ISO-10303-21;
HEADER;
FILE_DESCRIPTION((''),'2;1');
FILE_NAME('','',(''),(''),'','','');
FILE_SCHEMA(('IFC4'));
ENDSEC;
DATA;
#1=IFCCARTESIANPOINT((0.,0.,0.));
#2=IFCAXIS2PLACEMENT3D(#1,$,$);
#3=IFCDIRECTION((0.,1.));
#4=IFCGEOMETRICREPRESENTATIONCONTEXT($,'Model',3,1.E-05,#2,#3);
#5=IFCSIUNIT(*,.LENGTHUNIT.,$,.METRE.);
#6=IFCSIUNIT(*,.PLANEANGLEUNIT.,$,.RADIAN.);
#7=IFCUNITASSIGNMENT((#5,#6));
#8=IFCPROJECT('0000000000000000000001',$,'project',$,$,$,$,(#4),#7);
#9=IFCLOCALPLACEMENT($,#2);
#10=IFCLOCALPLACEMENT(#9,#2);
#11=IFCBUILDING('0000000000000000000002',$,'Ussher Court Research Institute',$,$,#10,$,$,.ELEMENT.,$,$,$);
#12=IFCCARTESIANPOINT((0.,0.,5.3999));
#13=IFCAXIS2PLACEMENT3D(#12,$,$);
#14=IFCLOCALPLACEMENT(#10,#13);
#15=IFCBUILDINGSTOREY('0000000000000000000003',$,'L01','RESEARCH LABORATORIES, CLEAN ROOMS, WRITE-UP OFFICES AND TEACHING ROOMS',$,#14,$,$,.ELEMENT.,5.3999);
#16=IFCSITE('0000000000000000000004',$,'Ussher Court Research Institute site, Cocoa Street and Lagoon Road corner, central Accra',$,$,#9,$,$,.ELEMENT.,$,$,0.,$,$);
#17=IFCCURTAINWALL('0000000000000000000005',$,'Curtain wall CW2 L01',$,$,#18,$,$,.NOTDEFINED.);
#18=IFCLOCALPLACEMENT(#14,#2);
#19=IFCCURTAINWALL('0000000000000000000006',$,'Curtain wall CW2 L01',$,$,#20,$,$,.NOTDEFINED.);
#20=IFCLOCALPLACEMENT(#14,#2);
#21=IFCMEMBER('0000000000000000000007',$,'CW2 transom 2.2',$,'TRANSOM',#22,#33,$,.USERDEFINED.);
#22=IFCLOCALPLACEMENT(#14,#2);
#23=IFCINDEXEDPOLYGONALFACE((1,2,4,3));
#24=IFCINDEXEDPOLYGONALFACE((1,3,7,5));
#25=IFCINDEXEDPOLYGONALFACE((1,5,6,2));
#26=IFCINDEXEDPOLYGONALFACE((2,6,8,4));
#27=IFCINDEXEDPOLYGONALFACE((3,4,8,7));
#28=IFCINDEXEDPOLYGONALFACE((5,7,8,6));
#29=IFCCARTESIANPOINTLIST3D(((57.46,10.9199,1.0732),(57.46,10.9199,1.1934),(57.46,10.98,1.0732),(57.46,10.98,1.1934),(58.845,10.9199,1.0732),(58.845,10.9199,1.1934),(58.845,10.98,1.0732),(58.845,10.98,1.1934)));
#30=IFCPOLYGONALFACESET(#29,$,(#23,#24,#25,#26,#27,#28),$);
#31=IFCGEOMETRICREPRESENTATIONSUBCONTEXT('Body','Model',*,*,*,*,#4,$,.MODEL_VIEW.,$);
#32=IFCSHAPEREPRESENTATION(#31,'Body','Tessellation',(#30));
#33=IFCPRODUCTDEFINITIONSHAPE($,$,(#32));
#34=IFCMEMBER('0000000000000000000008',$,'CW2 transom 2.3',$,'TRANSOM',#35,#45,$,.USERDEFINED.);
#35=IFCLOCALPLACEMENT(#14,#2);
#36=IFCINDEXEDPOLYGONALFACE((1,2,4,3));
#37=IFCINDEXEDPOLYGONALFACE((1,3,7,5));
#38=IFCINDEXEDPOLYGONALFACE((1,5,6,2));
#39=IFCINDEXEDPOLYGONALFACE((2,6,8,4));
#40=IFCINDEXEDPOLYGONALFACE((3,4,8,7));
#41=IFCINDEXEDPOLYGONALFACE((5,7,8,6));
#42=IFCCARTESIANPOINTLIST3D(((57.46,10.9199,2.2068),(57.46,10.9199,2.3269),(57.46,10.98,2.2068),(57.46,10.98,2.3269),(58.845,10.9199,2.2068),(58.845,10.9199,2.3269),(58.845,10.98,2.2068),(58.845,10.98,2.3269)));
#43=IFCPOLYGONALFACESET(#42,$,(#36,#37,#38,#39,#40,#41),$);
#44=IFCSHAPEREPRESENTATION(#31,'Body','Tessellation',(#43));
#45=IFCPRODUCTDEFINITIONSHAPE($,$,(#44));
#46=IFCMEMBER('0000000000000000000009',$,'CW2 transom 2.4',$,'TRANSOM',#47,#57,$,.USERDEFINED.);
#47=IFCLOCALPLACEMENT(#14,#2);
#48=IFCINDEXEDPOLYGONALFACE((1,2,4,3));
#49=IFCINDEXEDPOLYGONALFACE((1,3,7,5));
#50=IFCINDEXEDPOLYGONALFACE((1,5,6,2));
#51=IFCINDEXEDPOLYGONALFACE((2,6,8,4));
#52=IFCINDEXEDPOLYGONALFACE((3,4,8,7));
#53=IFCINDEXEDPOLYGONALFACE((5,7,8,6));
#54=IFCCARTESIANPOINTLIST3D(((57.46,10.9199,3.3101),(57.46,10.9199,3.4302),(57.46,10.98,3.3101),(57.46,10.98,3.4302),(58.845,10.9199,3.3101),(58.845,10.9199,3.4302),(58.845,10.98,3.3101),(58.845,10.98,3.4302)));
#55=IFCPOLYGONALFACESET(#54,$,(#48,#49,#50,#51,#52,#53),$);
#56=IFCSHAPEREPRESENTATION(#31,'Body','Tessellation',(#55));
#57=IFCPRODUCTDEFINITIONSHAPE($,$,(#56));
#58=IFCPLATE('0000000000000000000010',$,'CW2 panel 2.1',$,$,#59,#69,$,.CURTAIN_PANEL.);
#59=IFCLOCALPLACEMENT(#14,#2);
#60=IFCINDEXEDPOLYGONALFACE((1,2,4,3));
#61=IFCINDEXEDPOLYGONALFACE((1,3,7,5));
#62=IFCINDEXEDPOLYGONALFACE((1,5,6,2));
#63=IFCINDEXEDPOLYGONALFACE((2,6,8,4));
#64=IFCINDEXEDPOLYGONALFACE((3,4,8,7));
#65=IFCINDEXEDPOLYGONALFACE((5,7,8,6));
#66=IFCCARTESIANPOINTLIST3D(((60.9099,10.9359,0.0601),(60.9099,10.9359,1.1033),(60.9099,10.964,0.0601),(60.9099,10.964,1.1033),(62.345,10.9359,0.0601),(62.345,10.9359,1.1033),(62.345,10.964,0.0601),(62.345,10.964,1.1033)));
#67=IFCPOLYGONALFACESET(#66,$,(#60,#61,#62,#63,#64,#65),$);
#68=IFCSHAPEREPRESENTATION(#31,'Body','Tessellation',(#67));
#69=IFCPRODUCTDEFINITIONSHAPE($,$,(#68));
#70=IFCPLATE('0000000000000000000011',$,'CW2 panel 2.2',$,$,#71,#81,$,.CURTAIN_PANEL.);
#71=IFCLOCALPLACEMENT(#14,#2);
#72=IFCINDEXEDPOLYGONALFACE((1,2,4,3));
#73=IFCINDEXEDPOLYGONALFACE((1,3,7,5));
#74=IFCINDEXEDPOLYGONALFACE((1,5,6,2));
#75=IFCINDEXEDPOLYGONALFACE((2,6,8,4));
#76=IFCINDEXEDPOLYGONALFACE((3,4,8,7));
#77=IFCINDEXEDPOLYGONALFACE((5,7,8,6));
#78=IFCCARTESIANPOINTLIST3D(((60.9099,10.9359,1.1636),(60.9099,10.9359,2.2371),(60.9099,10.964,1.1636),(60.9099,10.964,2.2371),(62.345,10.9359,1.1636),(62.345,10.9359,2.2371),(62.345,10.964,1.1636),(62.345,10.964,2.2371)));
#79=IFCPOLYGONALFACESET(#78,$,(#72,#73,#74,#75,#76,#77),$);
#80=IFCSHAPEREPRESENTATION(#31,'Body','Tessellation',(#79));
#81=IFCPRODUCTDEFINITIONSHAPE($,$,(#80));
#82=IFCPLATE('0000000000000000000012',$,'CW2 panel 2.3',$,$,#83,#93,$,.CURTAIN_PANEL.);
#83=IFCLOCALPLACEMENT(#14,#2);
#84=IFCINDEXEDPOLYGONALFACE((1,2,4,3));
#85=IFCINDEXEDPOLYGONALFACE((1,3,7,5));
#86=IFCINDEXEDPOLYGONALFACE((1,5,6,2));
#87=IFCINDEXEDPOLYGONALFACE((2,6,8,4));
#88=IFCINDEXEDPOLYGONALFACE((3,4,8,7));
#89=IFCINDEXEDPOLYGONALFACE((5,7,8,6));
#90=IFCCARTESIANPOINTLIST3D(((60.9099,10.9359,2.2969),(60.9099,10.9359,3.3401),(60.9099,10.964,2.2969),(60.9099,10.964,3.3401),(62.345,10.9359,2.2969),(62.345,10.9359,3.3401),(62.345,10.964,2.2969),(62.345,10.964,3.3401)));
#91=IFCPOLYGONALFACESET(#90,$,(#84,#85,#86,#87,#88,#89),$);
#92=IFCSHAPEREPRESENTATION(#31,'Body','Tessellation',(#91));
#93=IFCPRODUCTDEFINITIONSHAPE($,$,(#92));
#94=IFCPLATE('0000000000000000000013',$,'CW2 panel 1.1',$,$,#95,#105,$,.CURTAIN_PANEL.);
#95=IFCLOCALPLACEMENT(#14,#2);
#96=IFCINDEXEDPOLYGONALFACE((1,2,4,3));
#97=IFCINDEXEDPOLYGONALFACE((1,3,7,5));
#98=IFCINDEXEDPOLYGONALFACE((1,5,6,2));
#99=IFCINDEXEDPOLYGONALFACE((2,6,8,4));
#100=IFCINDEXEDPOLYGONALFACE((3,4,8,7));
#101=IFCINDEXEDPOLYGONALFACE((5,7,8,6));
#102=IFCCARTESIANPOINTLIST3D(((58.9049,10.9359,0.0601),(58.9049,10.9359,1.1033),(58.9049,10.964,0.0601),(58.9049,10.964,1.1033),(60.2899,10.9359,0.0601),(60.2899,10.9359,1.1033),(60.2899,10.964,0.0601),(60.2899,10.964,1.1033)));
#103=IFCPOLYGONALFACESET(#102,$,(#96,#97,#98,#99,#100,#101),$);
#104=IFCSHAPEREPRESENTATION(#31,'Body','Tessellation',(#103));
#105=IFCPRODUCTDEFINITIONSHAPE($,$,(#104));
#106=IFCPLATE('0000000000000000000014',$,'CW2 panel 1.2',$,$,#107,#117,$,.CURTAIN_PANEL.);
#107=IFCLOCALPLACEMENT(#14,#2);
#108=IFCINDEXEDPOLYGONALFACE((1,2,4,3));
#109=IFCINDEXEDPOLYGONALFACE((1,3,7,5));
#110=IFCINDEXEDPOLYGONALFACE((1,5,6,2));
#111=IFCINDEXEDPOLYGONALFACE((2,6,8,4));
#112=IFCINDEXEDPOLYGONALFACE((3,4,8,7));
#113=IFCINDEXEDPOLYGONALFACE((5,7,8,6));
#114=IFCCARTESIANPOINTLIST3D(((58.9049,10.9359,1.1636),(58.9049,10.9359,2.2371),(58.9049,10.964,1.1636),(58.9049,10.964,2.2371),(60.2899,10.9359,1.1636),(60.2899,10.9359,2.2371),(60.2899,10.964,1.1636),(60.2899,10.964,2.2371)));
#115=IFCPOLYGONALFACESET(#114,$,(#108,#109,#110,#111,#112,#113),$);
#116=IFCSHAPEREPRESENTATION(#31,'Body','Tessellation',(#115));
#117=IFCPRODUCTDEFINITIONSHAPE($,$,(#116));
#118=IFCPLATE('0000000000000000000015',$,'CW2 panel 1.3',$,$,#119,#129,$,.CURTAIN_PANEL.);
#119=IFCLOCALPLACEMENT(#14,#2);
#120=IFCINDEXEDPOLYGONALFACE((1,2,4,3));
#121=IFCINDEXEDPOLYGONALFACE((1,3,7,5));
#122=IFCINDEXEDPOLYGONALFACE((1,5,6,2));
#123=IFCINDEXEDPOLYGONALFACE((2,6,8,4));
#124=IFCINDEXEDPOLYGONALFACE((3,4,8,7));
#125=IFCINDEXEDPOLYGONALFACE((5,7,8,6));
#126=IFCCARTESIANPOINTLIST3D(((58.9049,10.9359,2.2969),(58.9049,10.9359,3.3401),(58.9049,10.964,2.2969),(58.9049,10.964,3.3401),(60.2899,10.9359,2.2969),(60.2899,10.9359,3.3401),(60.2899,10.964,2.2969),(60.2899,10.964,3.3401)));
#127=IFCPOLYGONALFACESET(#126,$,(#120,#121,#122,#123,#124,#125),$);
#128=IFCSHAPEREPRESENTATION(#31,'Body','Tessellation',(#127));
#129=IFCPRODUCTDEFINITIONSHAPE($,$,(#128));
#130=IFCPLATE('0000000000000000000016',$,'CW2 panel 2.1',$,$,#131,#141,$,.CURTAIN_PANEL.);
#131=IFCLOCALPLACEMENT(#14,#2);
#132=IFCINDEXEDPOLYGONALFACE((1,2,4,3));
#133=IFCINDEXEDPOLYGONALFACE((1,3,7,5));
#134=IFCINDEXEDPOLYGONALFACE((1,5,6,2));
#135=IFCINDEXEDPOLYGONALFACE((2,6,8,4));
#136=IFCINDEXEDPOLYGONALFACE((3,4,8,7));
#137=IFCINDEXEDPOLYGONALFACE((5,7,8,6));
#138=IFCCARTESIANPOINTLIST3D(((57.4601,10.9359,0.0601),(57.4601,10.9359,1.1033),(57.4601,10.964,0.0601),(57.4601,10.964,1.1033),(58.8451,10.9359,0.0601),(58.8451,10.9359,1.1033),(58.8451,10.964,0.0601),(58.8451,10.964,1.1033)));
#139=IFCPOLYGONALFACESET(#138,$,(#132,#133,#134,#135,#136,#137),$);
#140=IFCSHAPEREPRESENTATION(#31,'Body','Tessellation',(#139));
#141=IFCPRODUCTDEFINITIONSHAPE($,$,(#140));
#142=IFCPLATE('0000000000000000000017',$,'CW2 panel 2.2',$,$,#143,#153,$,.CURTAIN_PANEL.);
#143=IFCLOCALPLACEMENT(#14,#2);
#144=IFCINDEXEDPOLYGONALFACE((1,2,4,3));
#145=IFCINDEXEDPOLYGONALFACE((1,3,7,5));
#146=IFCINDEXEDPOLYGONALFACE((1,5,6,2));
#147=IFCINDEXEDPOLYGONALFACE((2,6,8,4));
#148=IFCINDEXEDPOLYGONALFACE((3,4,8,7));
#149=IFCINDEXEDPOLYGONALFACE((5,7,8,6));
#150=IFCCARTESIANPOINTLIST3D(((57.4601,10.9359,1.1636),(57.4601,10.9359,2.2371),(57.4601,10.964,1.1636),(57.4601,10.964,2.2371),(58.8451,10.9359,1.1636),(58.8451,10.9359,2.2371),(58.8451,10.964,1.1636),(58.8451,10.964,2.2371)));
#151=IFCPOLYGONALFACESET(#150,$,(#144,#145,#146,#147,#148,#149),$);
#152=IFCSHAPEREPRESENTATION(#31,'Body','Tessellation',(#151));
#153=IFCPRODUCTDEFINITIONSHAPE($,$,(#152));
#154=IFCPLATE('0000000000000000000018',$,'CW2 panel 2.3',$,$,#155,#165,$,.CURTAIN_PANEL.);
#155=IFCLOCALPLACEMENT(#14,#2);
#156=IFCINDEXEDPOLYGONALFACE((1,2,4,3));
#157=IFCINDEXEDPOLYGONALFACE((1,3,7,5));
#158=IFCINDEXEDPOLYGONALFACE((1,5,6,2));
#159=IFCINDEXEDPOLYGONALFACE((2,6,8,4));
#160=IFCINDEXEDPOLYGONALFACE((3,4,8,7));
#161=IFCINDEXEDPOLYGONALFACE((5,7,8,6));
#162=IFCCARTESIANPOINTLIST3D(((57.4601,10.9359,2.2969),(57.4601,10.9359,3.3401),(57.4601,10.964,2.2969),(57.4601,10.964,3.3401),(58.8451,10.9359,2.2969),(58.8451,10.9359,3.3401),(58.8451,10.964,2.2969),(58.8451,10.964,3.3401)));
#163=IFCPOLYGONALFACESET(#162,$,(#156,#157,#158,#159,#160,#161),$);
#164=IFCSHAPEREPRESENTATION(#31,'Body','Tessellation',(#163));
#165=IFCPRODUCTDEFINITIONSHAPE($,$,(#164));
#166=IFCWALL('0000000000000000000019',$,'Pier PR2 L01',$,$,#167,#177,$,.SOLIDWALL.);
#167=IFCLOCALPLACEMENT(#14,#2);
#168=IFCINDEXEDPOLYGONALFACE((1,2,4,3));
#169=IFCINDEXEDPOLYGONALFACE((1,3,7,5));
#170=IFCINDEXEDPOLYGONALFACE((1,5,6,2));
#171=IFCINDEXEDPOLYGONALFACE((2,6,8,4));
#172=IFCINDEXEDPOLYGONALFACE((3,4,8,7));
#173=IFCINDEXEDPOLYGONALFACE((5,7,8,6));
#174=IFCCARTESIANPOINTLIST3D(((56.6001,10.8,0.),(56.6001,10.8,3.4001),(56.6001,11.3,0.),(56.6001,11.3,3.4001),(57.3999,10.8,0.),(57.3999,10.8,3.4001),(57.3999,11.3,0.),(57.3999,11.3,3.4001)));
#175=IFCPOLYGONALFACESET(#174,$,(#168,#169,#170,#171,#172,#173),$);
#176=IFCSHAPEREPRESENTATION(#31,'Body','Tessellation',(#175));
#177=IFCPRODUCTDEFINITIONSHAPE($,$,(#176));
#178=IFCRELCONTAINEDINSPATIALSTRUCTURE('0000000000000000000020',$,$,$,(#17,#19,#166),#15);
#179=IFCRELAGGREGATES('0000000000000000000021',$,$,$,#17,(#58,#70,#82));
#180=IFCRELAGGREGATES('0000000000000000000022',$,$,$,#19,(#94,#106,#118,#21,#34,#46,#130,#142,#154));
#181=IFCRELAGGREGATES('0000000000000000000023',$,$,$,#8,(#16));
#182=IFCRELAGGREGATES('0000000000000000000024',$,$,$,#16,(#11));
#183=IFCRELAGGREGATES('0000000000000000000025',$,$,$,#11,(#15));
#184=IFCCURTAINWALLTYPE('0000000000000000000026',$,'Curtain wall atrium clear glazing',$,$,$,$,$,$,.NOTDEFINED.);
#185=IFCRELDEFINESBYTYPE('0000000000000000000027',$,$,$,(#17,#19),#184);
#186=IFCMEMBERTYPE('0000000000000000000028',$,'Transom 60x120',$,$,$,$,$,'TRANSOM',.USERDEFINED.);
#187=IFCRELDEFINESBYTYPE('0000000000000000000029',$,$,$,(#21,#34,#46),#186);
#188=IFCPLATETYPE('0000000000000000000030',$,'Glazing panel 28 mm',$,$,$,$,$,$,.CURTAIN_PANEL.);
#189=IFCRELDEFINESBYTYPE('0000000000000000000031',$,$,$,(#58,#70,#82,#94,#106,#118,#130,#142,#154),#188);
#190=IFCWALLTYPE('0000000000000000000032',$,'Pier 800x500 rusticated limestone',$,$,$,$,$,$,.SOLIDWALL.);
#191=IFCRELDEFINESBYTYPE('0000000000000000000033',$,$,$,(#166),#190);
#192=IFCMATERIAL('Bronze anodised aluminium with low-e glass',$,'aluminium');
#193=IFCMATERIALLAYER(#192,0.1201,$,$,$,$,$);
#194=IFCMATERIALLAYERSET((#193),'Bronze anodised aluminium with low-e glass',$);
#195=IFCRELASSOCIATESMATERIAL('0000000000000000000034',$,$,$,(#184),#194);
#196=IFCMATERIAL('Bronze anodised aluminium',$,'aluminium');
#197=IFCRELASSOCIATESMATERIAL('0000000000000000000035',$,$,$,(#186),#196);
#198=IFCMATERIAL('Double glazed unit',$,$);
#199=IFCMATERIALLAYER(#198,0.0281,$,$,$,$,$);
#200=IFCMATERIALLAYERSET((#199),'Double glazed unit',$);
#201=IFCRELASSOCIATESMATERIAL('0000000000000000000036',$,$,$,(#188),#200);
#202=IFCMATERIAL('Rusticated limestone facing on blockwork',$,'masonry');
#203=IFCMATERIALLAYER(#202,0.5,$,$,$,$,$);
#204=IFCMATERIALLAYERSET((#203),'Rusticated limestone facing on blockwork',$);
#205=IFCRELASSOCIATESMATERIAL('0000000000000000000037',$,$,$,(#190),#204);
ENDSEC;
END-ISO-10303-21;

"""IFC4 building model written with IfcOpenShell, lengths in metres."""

from ifc_helpers import new_model, si_unit, direction, frame, frame_2d, origin, origin_2d, place, context, subcontext, project, spatial, rectangle, extrude, material, layer, layer_set, material_profile, profile_set, type_object, element, aggregate, save


model = new_model("IFC4")

# Units and contexts
model_context = context("Model", 3, precision=1e-05, world=origin(), true_north=direction((0.0, 1.0)))
body_context = subcontext(model_context, "Body", "Model", "MODEL_VIEW")
ifc_project = project(units=[si_unit("LENGTHUNIT", "METRE"), si_unit("PLANEANGLEUNIT", "RADIAN")], contexts=[model_context])

# Site, building, storey
site_placement = place(None, origin())
site = spatial("IfcSite", under=ifc_project, at=site_placement, Name="Ussher Court Research Institute site, Cocoa Street and Lagoon Road corner, central Accra", CompositionType="ELEMENT", RefElevation=0.0)
building_placement = place(site_placement, origin())
building = spatial("IfcBuilding", under=site, at=building_placement, Name="Ussher Court Research Institute", CompositionType="ELEMENT")
storey_placement = place(building_placement, frame((0.0, 0.0, 5.3999)))
storey = spatial("IfcBuildingStorey", under=building, at=storey_placement, Name="L01", Description="RESEARCH LABORATORIES, CLEAN ROOMS, WRITE-UP OFFICES AND TEACHING ROOMS", CompositionType="ELEMENT", Elevation=5.3999)

# Curtain wall
ifc_material_1 = material(Name="Bronze anodised aluminium with low-e glass", Category="aluminium")
ifc_layer_1 = layer(ifc_material_1, 0.1201)
ifc_layer_set_1 = layer_set([ifc_layer_1], Name="Bronze anodised aluminium with low-e glass")
curtain_wall_type = type_object("IfcCurtainWallType", Name="Curtain wall atrium clear glazing", PredefinedType="NOTDEFINED", material=ifc_layer_set_1)
curtain_wall_1_placement = place(storey_placement, origin())
curtain_wall_1 = element("IfcCurtainWall", 1, at=curtain_wall_1_placement, inside=storey, type_object=curtain_wall_type, Name="Curtain wall CW2 L01", PredefinedType="NOTDEFINED")

# Curtain wall
curtain_wall_2_placement = place(storey_placement, origin())
curtain_wall_2 = element("IfcCurtainWall", 2, at=curtain_wall_2_placement, inside=storey, type_object=curtain_wall_type, Name="Curtain wall CW2 L01", PredefinedType="NOTDEFINED")

# Members
ifc_material_2 = material(Name="Bronze anodised aluminium", Category="aluminium")
ifc_material_profile_1 = material_profile(ifc_material_2, rectangle(XDim=0.0601, YDim=0.1201, at=origin_2d()), Name="Transom 60x120")
ifc_profile_set_1 = profile_set([ifc_material_profile_1], Name="Bronze anodised aluminium")
member_type_1 = type_object("IfcMemberType", Name="Transom 60x120", ElementType="TRANSOM", PredefinedType="USERDEFINED", material=ifc_profile_set_1)
member_1_placement = place(storey_placement, frame((58.845, 10.95, 1.1333), z_axis=(-1.0, 0.0, 0.0), x_axis=(0.0, -1.0, 0.0)))
member_1 = element("IfcMember", 3, at=member_1_placement, type_object=member_type_1, Name="CW2 transom 2.2", ObjectType="TRANSOM", PredefinedType="USERDEFINED", context=body_context, shape_type="SweptSolid", body=[
    extrude(rectangle(XDim=0.0601, YDim=0.1201, at=origin_2d()), origin(), (0.0, 0.0, 1.0), 1.385),
])
member_2_placement = place(storey_placement, frame((58.845, 10.95, 2.2668), z_axis=(-1.0, 0.0, 0.0), x_axis=(0.0, -1.0, 0.0)))
member_2 = element("IfcMember", 4, at=member_2_placement, type_object=member_type_1, Name="CW2 transom 2.3", ObjectType="TRANSOM", PredefinedType="USERDEFINED", context=body_context, shape_type="SweptSolid", body=[
    extrude(rectangle(XDim=0.0601, YDim=0.1201, at=origin_2d()), origin(), (0.0, 0.0, 1.0), 1.385),
])
member_3_placement = place(storey_placement, frame((58.845, 10.95, 3.3701), z_axis=(-1.0, 0.0, 0.0), x_axis=(0.0, -1.0, 0.0)))
member_3 = element("IfcMember", 5, at=member_3_placement, type_object=member_type_1, Name="CW2 transom 2.4", ObjectType="TRANSOM", PredefinedType="USERDEFINED", context=body_context, shape_type="SweptSolid", body=[
    extrude(rectangle(XDim=0.0601, YDim=0.1201, at=origin_2d()), origin(), (0.0, 0.0, 1.0), 1.385),
])

# Plates
ifc_material_3 = material(Name="Double glazed unit")
ifc_layer_2 = layer(ifc_material_3, 0.0281)
ifc_layer_set_2 = layer_set([ifc_layer_2], Name="Double glazed unit")
plate_type = type_object("IfcPlateType", Name="Glazing panel 28 mm", PredefinedType="CURTAIN_PANEL", material=ifc_layer_set_2)
plate_1_placement = place(storey_placement, frame((61.6274, 10.95, 0.0601), z_axis=(0.0, 0.0, 1.0), x_axis=(-1.0, 0.0, 0.0)))
plate_1 = element("IfcPlate", 6, at=plate_1_placement, type_object=plate_type, Name="CW2 panel 2.1", PredefinedType="CURTAIN_PANEL", context=body_context, shape_type="SweptSolid", body=[
    extrude(rectangle(XDim=1.4351, YDim=0.0281, at=origin_2d()), origin(), (0.0, 0.0, 1.0), 1.0432),
])
plate_2_placement = place(storey_placement, frame((61.6274, 10.95, 1.1636), z_axis=(0.0, 0.0, 1.0), x_axis=(-1.0, 0.0, 0.0)))
plate_2 = element("IfcPlate", 7, at=plate_2_placement, type_object=plate_type, Name="CW2 panel 2.2", PredefinedType="CURTAIN_PANEL", context=body_context, shape_type="SweptSolid", body=[
    extrude(rectangle(XDim=1.4351, YDim=0.0281, at=origin_2d()), origin(), (0.0, 0.0, 1.0), 1.0735),
])
plate_3_placement = place(storey_placement, frame((61.6274, 10.95, 2.2969), z_axis=(0.0, 0.0, 1.0), x_axis=(-1.0, 0.0, 0.0)))
plate_3 = element("IfcPlate", 8, at=plate_3_placement, type_object=plate_type, Name="CW2 panel 2.3", PredefinedType="CURTAIN_PANEL", context=body_context, shape_type="SweptSolid", body=[
    extrude(rectangle(XDim=1.4351, YDim=0.0281, at=origin_2d()), origin(), (0.0, 0.0, 1.0), 1.0432),
])
aggregate(curtain_wall_1, [plate_1, plate_2, plate_3])
plate_4_placement = place(storey_placement, frame((59.5974, 10.95, 0.0601), z_axis=(0.0, 0.0, 1.0), x_axis=(-1.0, 0.0, 0.0)))
plate_4 = element("IfcPlate", 9, at=plate_4_placement, type_object=plate_type, Name="CW2 panel 1.1", PredefinedType="CURTAIN_PANEL", context=body_context, shape_type="SweptSolid", body=[
    extrude(rectangle(XDim=1.385, YDim=0.0281, at=origin_2d()), origin(), (0.0, 0.0, 1.0), 1.0432),
])
plate_5_placement = place(storey_placement, frame((59.5974, 10.95, 1.1636), z_axis=(0.0, 0.0, 1.0), x_axis=(-1.0, 0.0, 0.0)))
plate_5 = element("IfcPlate", 10, at=plate_5_placement, type_object=plate_type, Name="CW2 panel 1.2", PredefinedType="CURTAIN_PANEL", context=body_context, shape_type="SweptSolid", body=[
    extrude(rectangle(XDim=1.385, YDim=0.0281, at=origin_2d()), origin(), (0.0, 0.0, 1.0), 1.0735),
])
plate_6_placement = place(storey_placement, frame((59.5974, 10.95, 2.2969), z_axis=(0.0, 0.0, 1.0), x_axis=(-1.0, 0.0, 0.0)))
plate_6 = element("IfcPlate", 11, at=plate_6_placement, type_object=plate_type, Name="CW2 panel 1.3", PredefinedType="CURTAIN_PANEL", context=body_context, shape_type="SweptSolid", body=[
    extrude(rectangle(XDim=1.385, YDim=0.0281, at=origin_2d()), origin(), (0.0, 0.0, 1.0), 1.0432),
])
plate_7_placement = place(storey_placement, frame((58.1526, 10.95, 0.0601), z_axis=(0.0, 0.0, 1.0), x_axis=(-1.0, 0.0, 0.0)))
plate_7 = element("IfcPlate", 12, at=plate_7_placement, type_object=plate_type, Name="CW2 panel 2.1", PredefinedType="CURTAIN_PANEL", context=body_context, shape_type="SweptSolid", body=[
    extrude(rectangle(XDim=1.385, YDim=0.0281, at=origin_2d()), origin(), (0.0, 0.0, 1.0), 1.0432),
])
plate_8_placement = place(storey_placement, frame((58.1526, 10.95, 1.1636), z_axis=(0.0, 0.0, 1.0), x_axis=(-1.0, 0.0, 0.0)))
plate_8 = element("IfcPlate", 13, at=plate_8_placement, type_object=plate_type, Name="CW2 panel 2.2", PredefinedType="CURTAIN_PANEL", context=body_context, shape_type="SweptSolid", body=[
    extrude(rectangle(XDim=1.385, YDim=0.0281, at=origin_2d()), origin(), (0.0, 0.0, 1.0), 1.0735),
])
plate_9_placement = place(storey_placement, frame((58.1526, 10.95, 2.2969), z_axis=(0.0, 0.0, 1.0), x_axis=(-1.0, 0.0, 0.0)))
plate_9 = element("IfcPlate", 14, at=plate_9_placement, type_object=plate_type, Name="CW2 panel 2.3", PredefinedType="CURTAIN_PANEL", context=body_context, shape_type="SweptSolid", body=[
    extrude(rectangle(XDim=1.385, YDim=0.0281, at=origin_2d()), origin(), (0.0, 0.0, 1.0), 1.0432),
])
aggregate(curtain_wall_2, [plate_4, plate_5, plate_6, member_1, member_2, member_3, plate_7, plate_8, plate_9])

# Wall
ifc_material_4 = material(Name="Rusticated limestone facing on blockwork", Category="masonry")
ifc_layer_3 = layer(ifc_material_4, 0.5)
ifc_layer_set_3 = layer_set([ifc_layer_3], Name="Rusticated limestone facing on blockwork")
wall_type = type_object("IfcWallType", Name="Pier 800x500 rusticated limestone", PredefinedType="SOLIDWALL", material=ifc_layer_set_3)
wall_placement = place(storey_placement, frame((57.3999, 11.05, 0.0), z_axis=(0.0, 0.0, 1.0), x_axis=(-1.0, 0.0, 0.0)))
element("IfcWall", 15, at=wall_placement, inside=storey, type_object=wall_type, Name="Pier PR2 L01", PredefinedType="SOLIDWALL", context=body_context, shape_type="SweptSolid", body=[
    extrude(rectangle(XDim=0.7998, YDim=0.5, at=frame_2d((0.3999, 0.0))), origin(), (0.0, 0.0, 1.0), 3.4001),
])

save(model, "model.ifc")
